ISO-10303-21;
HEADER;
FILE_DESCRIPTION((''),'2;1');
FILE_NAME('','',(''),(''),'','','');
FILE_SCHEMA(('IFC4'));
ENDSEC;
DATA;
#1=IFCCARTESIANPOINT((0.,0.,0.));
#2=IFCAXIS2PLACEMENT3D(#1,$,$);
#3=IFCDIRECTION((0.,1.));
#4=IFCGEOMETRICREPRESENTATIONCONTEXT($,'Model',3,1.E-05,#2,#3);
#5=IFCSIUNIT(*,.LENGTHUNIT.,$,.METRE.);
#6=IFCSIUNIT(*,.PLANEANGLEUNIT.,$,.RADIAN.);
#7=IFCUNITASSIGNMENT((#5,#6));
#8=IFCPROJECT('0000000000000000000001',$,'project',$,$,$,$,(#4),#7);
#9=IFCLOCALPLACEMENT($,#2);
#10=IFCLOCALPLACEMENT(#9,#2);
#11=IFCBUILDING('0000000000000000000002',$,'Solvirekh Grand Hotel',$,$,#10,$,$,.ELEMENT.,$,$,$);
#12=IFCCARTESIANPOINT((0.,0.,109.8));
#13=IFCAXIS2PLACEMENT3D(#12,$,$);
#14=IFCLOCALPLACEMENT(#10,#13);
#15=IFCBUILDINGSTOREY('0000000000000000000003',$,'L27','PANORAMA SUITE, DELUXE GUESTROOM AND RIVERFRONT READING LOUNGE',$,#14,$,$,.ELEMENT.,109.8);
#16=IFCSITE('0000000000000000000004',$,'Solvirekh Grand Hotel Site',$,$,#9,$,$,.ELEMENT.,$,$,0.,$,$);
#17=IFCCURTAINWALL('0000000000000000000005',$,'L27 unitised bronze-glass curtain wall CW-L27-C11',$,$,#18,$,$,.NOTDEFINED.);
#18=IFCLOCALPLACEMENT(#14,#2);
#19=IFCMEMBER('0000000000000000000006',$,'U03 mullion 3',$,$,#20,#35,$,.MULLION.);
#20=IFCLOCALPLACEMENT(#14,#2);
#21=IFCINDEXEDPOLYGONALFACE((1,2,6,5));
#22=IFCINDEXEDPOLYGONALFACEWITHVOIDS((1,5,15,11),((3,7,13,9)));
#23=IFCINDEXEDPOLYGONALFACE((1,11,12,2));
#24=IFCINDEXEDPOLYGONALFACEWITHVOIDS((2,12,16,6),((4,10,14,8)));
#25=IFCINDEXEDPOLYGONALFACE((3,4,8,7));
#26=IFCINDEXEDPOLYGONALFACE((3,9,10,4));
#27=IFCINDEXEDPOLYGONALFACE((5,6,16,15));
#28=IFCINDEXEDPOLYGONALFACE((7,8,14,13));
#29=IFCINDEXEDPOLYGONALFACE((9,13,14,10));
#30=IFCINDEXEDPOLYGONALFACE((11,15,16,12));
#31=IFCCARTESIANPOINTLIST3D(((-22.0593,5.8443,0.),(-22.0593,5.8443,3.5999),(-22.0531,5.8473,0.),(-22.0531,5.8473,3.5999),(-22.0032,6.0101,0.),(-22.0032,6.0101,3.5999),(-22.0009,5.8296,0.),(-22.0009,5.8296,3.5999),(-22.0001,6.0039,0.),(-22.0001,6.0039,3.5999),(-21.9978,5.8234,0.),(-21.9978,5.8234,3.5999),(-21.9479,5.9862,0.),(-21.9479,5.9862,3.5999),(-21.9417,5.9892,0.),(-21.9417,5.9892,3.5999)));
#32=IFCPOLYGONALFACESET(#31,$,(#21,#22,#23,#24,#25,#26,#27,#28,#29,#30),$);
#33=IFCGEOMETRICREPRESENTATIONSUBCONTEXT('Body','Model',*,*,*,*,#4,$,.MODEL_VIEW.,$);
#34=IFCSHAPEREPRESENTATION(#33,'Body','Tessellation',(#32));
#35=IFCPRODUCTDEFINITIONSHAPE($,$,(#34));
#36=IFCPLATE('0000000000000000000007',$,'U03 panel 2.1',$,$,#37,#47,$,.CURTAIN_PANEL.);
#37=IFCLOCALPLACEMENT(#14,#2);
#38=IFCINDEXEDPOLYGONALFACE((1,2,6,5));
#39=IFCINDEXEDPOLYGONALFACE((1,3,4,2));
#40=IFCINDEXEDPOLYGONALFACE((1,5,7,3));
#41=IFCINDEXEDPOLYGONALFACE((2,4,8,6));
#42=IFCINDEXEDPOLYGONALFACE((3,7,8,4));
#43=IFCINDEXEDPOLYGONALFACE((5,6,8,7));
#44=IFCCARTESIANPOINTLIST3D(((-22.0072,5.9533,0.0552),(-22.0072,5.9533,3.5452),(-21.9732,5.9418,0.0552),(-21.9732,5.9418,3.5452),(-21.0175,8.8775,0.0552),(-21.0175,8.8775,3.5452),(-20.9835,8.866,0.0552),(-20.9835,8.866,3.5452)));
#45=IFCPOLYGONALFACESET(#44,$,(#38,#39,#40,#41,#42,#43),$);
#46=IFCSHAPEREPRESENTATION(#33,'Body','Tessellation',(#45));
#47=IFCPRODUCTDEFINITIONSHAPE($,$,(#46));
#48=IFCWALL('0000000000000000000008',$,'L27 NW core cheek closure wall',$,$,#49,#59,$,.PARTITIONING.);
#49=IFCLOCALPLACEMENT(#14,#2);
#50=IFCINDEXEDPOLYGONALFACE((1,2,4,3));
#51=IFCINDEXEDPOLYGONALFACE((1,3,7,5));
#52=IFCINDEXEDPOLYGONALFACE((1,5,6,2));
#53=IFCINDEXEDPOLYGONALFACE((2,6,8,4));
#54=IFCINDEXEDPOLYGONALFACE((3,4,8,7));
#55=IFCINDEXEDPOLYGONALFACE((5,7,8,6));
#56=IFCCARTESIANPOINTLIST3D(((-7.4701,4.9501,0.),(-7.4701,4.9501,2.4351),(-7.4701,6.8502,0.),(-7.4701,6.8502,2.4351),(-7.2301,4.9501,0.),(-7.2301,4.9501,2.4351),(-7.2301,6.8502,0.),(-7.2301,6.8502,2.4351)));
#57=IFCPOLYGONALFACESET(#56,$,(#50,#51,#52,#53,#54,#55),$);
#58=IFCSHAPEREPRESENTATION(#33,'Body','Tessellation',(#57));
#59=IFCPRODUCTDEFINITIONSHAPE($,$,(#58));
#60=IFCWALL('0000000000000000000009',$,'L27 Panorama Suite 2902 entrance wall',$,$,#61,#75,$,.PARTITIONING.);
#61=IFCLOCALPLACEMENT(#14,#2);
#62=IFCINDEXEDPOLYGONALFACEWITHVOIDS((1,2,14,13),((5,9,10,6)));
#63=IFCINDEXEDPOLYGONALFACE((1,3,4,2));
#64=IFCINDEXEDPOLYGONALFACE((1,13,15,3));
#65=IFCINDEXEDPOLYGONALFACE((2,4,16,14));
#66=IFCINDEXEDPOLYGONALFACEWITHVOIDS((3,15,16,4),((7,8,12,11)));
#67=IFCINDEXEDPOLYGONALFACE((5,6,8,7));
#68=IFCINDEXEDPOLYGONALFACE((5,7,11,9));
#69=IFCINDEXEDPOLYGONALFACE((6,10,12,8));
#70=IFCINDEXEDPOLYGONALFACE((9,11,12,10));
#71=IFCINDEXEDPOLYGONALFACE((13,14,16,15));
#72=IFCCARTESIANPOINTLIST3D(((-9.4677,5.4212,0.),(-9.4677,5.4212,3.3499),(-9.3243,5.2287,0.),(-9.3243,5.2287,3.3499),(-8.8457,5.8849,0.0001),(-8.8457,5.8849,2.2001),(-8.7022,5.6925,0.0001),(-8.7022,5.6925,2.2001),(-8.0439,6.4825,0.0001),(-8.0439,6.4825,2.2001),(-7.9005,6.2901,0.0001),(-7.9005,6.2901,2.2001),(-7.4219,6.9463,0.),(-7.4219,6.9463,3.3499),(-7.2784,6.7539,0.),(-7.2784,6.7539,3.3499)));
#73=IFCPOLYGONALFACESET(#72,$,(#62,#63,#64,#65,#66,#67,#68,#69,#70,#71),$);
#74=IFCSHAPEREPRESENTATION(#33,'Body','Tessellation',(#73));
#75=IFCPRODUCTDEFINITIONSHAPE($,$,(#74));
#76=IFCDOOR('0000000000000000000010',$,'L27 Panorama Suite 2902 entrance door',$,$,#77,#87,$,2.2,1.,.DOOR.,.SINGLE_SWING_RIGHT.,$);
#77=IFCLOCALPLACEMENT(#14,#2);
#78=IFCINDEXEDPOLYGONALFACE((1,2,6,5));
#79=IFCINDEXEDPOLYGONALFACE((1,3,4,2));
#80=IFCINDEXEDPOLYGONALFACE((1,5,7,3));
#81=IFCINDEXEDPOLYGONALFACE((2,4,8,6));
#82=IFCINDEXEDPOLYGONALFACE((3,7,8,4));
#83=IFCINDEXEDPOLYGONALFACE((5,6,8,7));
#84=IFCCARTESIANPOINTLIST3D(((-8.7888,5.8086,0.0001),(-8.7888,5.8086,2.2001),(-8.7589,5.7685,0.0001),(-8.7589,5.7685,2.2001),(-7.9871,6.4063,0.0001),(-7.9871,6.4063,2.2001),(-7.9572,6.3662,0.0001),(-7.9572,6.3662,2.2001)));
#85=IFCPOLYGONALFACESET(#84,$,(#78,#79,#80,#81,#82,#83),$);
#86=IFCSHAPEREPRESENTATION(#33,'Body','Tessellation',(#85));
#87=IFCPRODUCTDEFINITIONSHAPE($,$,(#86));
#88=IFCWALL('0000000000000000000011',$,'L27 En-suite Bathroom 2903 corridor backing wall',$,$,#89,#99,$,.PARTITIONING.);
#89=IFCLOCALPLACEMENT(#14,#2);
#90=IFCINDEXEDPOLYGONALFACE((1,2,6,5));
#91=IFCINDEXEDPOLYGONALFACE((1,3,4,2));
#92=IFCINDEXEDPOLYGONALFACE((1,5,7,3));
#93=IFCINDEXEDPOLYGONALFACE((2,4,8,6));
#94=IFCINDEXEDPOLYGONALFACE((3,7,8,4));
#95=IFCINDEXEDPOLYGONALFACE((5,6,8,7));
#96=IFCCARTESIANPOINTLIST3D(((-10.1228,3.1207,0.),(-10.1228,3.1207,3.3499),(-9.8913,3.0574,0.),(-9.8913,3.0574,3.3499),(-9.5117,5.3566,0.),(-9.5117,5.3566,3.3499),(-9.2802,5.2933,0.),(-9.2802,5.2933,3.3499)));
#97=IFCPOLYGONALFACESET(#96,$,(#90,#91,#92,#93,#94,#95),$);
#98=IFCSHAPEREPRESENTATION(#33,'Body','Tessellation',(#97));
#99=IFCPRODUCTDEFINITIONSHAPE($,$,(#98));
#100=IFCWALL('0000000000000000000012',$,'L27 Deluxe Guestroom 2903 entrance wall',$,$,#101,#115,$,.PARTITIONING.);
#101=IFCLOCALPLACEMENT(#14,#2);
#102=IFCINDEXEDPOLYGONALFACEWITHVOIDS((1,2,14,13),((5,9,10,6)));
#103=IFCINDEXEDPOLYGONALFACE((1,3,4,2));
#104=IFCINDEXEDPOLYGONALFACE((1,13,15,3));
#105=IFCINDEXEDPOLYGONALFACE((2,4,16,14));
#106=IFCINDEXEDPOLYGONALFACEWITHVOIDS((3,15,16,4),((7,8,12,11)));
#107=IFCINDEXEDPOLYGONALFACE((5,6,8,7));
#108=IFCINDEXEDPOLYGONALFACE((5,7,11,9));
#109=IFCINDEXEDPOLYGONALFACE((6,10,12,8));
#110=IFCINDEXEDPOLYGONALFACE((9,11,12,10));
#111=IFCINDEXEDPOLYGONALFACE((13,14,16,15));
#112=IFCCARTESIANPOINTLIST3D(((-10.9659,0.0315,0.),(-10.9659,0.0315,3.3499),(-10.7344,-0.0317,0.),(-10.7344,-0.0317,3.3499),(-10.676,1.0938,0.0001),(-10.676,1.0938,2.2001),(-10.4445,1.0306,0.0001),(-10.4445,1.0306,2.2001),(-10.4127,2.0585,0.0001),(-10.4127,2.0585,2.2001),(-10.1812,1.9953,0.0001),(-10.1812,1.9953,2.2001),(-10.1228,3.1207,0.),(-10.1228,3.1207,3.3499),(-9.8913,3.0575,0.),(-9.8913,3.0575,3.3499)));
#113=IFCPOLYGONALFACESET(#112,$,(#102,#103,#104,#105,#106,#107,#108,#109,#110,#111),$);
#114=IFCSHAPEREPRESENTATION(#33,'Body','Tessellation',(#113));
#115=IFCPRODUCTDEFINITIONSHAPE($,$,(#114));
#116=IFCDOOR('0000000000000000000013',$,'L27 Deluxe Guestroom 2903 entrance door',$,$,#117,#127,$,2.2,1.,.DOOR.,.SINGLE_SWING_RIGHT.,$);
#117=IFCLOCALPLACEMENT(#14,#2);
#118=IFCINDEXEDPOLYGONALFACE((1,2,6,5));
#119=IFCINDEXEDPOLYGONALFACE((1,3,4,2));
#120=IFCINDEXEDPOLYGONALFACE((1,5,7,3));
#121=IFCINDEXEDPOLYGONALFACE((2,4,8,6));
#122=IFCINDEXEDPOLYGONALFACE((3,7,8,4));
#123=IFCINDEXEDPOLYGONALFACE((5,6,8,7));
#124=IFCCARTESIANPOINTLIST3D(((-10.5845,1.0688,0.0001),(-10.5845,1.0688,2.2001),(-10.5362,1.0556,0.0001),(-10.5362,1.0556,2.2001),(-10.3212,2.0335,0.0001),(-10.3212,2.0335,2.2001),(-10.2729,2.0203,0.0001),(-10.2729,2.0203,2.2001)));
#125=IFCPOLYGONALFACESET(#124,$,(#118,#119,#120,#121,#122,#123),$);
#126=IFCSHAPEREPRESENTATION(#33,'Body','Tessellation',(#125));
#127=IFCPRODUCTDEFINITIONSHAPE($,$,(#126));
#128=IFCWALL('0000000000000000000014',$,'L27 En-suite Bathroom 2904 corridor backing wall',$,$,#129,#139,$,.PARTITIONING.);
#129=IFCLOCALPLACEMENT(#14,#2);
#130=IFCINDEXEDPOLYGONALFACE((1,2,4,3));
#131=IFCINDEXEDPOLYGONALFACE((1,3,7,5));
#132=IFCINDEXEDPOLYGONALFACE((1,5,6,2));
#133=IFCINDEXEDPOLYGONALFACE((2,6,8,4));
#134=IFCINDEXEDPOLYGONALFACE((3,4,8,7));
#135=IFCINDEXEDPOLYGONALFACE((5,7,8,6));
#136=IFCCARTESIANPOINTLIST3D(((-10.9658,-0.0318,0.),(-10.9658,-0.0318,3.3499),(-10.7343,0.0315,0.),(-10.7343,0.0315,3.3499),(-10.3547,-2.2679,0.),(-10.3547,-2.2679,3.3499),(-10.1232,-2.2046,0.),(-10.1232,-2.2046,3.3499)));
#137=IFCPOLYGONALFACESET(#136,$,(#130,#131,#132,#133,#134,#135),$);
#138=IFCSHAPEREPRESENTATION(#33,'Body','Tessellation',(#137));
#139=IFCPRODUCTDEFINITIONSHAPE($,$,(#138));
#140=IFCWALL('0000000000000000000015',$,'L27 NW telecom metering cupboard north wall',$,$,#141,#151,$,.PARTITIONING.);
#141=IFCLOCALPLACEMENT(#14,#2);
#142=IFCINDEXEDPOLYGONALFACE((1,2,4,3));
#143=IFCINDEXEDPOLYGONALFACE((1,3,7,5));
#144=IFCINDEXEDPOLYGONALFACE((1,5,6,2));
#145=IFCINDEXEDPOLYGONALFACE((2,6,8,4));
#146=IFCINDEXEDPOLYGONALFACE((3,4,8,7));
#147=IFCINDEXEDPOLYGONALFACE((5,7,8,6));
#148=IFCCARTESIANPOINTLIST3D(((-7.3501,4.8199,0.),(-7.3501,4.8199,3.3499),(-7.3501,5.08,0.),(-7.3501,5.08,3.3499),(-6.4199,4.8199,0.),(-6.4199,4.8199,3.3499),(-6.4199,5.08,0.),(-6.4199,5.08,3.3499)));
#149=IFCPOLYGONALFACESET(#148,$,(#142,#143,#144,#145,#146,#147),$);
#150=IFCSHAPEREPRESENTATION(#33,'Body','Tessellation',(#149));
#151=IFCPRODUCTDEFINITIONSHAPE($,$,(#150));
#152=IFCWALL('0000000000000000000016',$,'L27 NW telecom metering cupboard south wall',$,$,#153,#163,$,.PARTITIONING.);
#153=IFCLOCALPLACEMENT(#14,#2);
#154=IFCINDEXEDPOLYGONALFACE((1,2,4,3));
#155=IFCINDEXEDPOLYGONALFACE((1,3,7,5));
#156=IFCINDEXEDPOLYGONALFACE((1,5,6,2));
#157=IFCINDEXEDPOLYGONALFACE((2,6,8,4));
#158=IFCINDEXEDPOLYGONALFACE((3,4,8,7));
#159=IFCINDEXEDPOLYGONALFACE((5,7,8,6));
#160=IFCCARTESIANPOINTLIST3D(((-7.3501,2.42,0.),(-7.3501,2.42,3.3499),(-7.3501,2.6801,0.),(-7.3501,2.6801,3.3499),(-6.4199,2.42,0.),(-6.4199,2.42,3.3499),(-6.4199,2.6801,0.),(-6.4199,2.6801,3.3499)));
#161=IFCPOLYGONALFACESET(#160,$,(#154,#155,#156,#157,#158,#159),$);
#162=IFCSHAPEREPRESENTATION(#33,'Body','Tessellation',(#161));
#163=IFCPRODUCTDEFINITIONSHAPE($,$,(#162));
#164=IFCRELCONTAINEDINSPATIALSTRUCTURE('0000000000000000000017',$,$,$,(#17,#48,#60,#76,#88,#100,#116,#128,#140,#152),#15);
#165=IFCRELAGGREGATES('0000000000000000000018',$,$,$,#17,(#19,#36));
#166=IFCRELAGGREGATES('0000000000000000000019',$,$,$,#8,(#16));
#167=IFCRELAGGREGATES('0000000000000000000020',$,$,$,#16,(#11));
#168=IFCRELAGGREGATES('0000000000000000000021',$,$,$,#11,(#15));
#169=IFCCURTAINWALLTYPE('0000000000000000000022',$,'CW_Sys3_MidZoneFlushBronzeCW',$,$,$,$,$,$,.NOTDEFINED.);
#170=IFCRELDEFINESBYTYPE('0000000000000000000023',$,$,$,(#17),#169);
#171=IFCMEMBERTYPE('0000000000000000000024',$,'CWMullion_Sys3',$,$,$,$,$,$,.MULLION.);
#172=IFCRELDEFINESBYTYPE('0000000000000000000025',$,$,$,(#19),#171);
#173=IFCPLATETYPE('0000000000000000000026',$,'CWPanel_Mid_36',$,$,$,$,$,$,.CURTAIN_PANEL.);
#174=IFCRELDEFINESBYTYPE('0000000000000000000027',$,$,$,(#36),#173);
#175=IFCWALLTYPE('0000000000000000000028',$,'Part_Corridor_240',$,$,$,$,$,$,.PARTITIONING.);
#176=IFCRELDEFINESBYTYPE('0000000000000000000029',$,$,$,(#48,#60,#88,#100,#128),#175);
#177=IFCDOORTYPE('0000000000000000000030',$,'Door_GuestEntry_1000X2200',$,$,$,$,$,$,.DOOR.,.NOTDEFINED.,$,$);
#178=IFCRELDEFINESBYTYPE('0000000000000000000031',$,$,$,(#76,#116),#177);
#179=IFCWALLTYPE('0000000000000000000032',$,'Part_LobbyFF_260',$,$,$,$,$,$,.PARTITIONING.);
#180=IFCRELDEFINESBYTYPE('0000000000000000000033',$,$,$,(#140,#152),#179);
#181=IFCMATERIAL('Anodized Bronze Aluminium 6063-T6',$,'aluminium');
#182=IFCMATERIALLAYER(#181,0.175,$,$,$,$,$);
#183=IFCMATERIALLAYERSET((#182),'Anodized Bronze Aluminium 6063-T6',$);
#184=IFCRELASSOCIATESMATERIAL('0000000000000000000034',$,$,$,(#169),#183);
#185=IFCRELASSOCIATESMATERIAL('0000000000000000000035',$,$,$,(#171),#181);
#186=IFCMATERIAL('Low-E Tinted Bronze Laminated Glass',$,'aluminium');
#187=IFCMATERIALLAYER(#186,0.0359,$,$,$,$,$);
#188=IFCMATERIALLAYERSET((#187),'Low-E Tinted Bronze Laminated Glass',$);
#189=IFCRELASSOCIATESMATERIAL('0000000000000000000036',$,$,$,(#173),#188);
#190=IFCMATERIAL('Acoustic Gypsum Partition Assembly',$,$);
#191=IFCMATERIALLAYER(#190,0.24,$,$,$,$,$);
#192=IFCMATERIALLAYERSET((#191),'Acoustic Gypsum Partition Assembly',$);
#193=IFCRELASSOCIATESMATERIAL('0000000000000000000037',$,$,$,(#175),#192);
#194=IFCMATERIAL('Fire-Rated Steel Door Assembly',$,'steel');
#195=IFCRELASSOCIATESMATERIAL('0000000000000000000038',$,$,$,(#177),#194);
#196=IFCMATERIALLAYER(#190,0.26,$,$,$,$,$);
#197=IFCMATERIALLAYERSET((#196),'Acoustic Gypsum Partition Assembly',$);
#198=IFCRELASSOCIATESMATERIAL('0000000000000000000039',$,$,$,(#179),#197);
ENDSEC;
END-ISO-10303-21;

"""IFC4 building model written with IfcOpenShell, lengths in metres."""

from ifc_helpers import new_model, si_unit, direction, frame, frame_2d, origin, origin_2d, place, context, subcontext, project, spatial, rectangle, hollow_rectangle, extrude, source, transform, mapped, material, layer, layer_set, material_profile, profile_set, type_object, element, fill, aggregate, save


model = new_model("IFC4")

# Units and contexts
model_context = context("Model", 3, precision=1e-05, world=origin(), true_north=direction((0.0, 1.0)))
body_context = subcontext(model_context, "Body", "Model", "MODEL_VIEW")
ifc_project = project(units=[si_unit("LENGTHUNIT", "METRE"), si_unit("PLANEANGLEUNIT", "RADIAN")], contexts=[model_context])

# Site, building, storey
site_placement = place(None, origin())
site = spatial("IfcSite", under=ifc_project, at=site_placement, Name="Solvirekh Grand Hotel Site", CompositionType="ELEMENT", RefElevation=0.0)
building_placement = place(site_placement, origin())
building = spatial("IfcBuilding", under=site, at=building_placement, Name="Solvirekh Grand Hotel", CompositionType="ELEMENT")
storey_placement = place(building_placement, frame((0.0, 0.0, 109.8)))
storey = spatial("IfcBuildingStorey", under=building, at=storey_placement, Name="L27", Description="PANORAMA SUITE, DELUXE GUESTROOM AND RIVERFRONT READING LOUNGE", CompositionType="ELEMENT", Elevation=109.8)

# Curtain wall, member, plate
ifc_material_1 = material(Name="Anodized Bronze Aluminium 6063-T6", Category="aluminium")
ifc_layer_1 = layer(ifc_material_1, 0.175)
ifc_layer_set_1 = layer_set([ifc_layer_1], Name="Anodized Bronze Aluminium 6063-T6")
curtain_wall_type = type_object("IfcCurtainWallType", Name="CW_Sys3_MidZoneFlushBronzeCW", PredefinedType="NOTDEFINED", material=ifc_layer_set_1)
curtain_wall_placement = place(storey_placement, origin())
curtain_wall = element("IfcCurtainWall", 1, at=curtain_wall_placement, inside=storey, type_object=curtain_wall_type, Name="L27 unitised bronze-glass curtain wall CW-L27-C11", PredefinedType="NOTDEFINED")
ifc_material_profile = material_profile(ifc_material_1, hollow_rectangle(XDim=0.0649, YDim=0.175, WallThickness=0.0049, at=origin_2d()), Name="ALU RHS 175X65X5")
ifc_profile_set = profile_set([ifc_material_profile], Name="Anodized Bronze Aluminium 6063-T6")
member_type = type_object("IfcMemberType", Name="CWMullion_Sys3", PredefinedType="MULLION", material=ifc_profile_set)
shared_shape_1 = source(origin(), body_context, "Body", "SweptSolid", [
    extrude(hollow_rectangle(XDim=0.0649, YDim=0.175, WallThickness=0.0049, at=origin_2d()), origin(), (0.0, 0.0, 1.0), 3.5999),
])
member_placement = place(storey_placement, frame((-22.0005, 5.9167, 0.0), z_axis=(0.0, 0.0, 1.0), x_axis=(0.947213, -0.320605, 0.0)))
member = element("IfcMember", 2, at=member_placement, type_object=member_type, Name="U03 mullion 3", PredefinedType="MULLION", context=body_context, shape_type="MappedRepresentation", body=[
    mapped(shared_shape_1, transform((0.0, 0.0, 0.0), x_axis=(1.0, 0.0, 0.0), y_axis=(0.0, 1.0, 0.0), z_axis=(0.0, 0.0, 1.0), scale=1.0)),
])
ifc_material_2 = material(Name="Low-E Tinted Bronze Laminated Glass", Category="aluminium")
ifc_layer_2 = layer(ifc_material_2, 0.0359)
ifc_layer_set_2 = layer_set([ifc_layer_2], Name="Low-E Tinted Bronze Laminated Glass")
plate_type = type_object("IfcPlateType", Name="CWPanel_Mid_36", PredefinedType="CURTAIN_PANEL", material=ifc_layer_set_2)
shared_shape_2 = source(origin(), body_context, "Body", "SweptSolid", [
    extrude(rectangle(XDim=3.0872, YDim=0.0359, at=origin_2d()), origin(), (0.0, 0.0, 1.0), 3.49),
])
plate_placement = place(storey_placement, frame((-21.4954, 7.4097, 0.0552), z_axis=(0.0, 0.0, 1.0), x_axis=(-0.320605, -0.947213, 0.0)))
plate = element("IfcPlate", 3, at=plate_placement, type_object=plate_type, Name="U03 panel 2.1", PredefinedType="CURTAIN_PANEL", context=body_context, shape_type="MappedRepresentation", body=[
    mapped(shared_shape_2, transform((0.0, 0.0, 0.0), x_axis=(1.0, 0.0, 0.0), y_axis=(0.0, 1.0, 0.0), z_axis=(0.0, 0.0, 1.0), scale=1.0)),
])
aggregate(curtain_wall, [member, plate])

# Wall
ifc_material_3 = material(Name="Acoustic Gypsum Partition Assembly")
ifc_layer_3 = layer(ifc_material_3, 0.24)
ifc_layer_set_3 = layer_set([ifc_layer_3], Name="Acoustic Gypsum Partition Assembly")
wall_type_1 = type_object("IfcWallType", Name="Part_Corridor_240", PredefinedType="PARTITIONING", material=ifc_layer_set_3)
wall_1_placement = place(storey_placement, frame((-7.3501, 4.95, 0.0), z_axis=(0.0, 0.0, 1.0), x_axis=(0.0, 1.0, 0.0)))
element("IfcWall", 4, at=wall_1_placement, inside=storey, type_object=wall_type_1, Name="L27 NW core cheek closure wall", PredefinedType="PARTITIONING", context=body_context, shape_type="SweptSolid", body=[
    extrude(rectangle(XDim=1.9001, YDim=0.24, at=frame_2d((0.9502, 0.0))), origin(), (0.0, 0.0, 1.0), 2.4351),
])

# Wall, opening, door
wall_2_placement = place(storey_placement, frame((-9.396, 5.325, 0.0), z_axis=(0.0, 0.0, 1.0), x_axis=(0.801742, 0.597671, 0.0)))
wall_2 = element("IfcWall", 5, at=wall_2_placement, inside=storey, type_object=wall_type_1, Name="L27 Panorama Suite 2902 entrance wall", PredefinedType="PARTITIONING", context=body_context, shape_type="SweptSolid", body=[
    extrude(rectangle(XDim=2.5518, YDim=0.24, at=frame_2d((1.2759, 0.0))), origin(), (0.0, 0.0, 1.0), 3.3499),
])
opening_1_placement = place(wall_2_placement, frame((0.7759, 0.0, 0.0)))
opening_1 = element("IfcOpeningElement", 6, at=opening_1_placement, cuts=wall_2, PredefinedType="OPENING", context=body_context, shape_type="SweptSolid", body=[
    extrude(rectangle(XDim=1.0, YDim=2.2, at=frame_2d((0.5, 1.1001))), frame((0.0, 0.1299, 0.0), z_axis=(0.0, -1.0, 0.0), x_axis=(1.0, 0.0, 0.0)), (0.0, 0.0, 1.0), 0.26),
])
ifc_material_4 = material(Name="Fire-Rated Steel Door Assembly", Category="steel")
door_type_1 = type_object("IfcDoorType", Name="Door_GuestEntry_1000X2200", OperationType="NOTDEFINED", PredefinedType="DOOR", material=ifc_material_4)
door_1_placement = place(opening_1_placement, origin())
door_1 = element("IfcDoor", 7, at=door_1_placement, inside=storey, type_object=door_type_1, Name="L27 Panorama Suite 2902 entrance door", OperationType="SINGLE_SWING_RIGHT", OverallHeight=2.2, OverallWidth=1.0, PredefinedType="DOOR", context=body_context, shape_type="SweptSolid", body=[
    extrude(rectangle(XDim=1.0, YDim=2.2, at=frame_2d((0.5, 1.1001))), frame((0.0, 0.0249, 0.0), z_axis=(0.0, -1.0, 0.0), x_axis=(1.0, 0.0, 0.0)), (0.0, 0.0, 1.0), 0.05),
])
fill(opening_1, door_1)

# Wall
wall_3_placement = place(storey_placement, frame((-9.396, 5.325, 0.0), z_axis=(0.0, 0.0, 1.0), x_axis=(-0.263643, -0.96462, 0.0)))
element("IfcWall", 8, at=wall_3_placement, inside=storey, type_object=wall_type_1, Name="L27 En-suite Bathroom 2903 corridor backing wall", PredefinedType="PARTITIONING", context=body_context, shape_type="SweptSolid", body=[
    extrude(rectangle(XDim=2.3179, YDim=0.24, at=frame_2d((1.1589, 0.0))), origin(), (0.0, 0.0, 1.0), 3.3499),
])

# Wall, opening, door
wall_4_placement = place(storey_placement, frame((-10.0071, 3.0891, 0.0), z_axis=(0.0, 0.0, 1.0), x_axis=(-0.263272, -0.964722, 0.0)))
wall_4 = element("IfcWall", 9, at=wall_4_placement, inside=storey, type_object=wall_type_1, Name="L27 Deluxe Guestroom 2903 entrance wall", PredefinedType="PARTITIONING", context=body_context, shape_type="SweptSolid", body=[
    extrude(rectangle(XDim=3.2021, YDim=0.24, at=frame_2d((1.6011, 0.0))), origin(), (0.0, 0.0, 1.0), 3.3499),
])
opening_2_placement = place(wall_4_placement, frame((1.1011, 0.0, 0.0)))
opening_2 = element("IfcOpeningElement", 10, at=opening_2_placement, cuts=wall_4, PredefinedType="OPENING", context=body_context, shape_type="SweptSolid", body=[
    extrude(rectangle(XDim=1.0, YDim=2.2, at=frame_2d((0.5, 1.1001))), frame((0.0, 0.1299, 0.0), z_axis=(0.0, -1.0, 0.0), x_axis=(1.0, 0.0, 0.0)), (0.0, 0.0, 1.0), 0.26),
])
door_2_placement = place(opening_2_placement, origin())
door_2 = element("IfcDoor", 11, at=door_2_placement, inside=storey, type_object=door_type_1, Name="L27 Deluxe Guestroom 2903 entrance door", OperationType="SINGLE_SWING_RIGHT", OverallHeight=2.2, OverallWidth=1.0, PredefinedType="DOOR", context=body_context, shape_type="SweptSolid", body=[
    extrude(rectangle(XDim=1.0, YDim=2.2, at=frame_2d((0.5, 1.1001))), frame((0.0, 0.0249, 0.0), z_axis=(0.0, -1.0, 0.0), x_axis=(1.0, 0.0, 0.0)), (0.0, 0.0, 1.0), 0.05),
])
fill(opening_2, door_2)

# Walls
wall_5_placement = place(storey_placement, frame((-10.8501, 0.0, 0.0), z_axis=(0.0, 0.0, 1.0), x_axis=(0.263616, -0.964628, 0.0)))
element("IfcWall", 12, at=wall_5_placement, inside=storey, type_object=wall_type_1, Name="L27 En-suite Bathroom 2904 corridor backing wall", PredefinedType="PARTITIONING", context=body_context, shape_type="SweptSolid", body=[
    extrude(rectangle(XDim=2.3181, YDim=0.24, at=frame_2d((1.1592, 0.0))), origin(), (0.0, 0.0, 1.0), 3.3499),
])
ifc_layer_4 = layer(ifc_material_3, 0.26)
ifc_layer_set_4 = layer_set([ifc_layer_4], Name="Acoustic Gypsum Partition Assembly")
wall_type_2 = type_object("IfcWallType", Name="Part_LobbyFF_260", PredefinedType="PARTITIONING", material=ifc_layer_set_4)
for number, where, z_axis, x_axis, name in (
    (13, (-7.3501, 4.95, 0.0), (0.0, 0.0, 1.0), (1.0, 0.0, 0.0), "L27 NW telecom metering cupboard north wall"),
    (14, (-7.3501, 2.55, 0.0), (0.0, 0.0, 1.0), (1.0, 0.0, 0.0), "L27 NW telecom metering cupboard south wall"),
):
    element("IfcWall", number, at=place(storey_placement, frame(where, z_axis=z_axis, x_axis=x_axis)), inside=storey, type_object=wall_type_2, Name=name, PredefinedType="PARTITIONING", context=body_context, shape_type="SweptSolid", body=[
        extrude(rectangle(XDim=0.9302, YDim=0.26, at=frame_2d((0.4651, 0.0))), origin(), (0.0, 0.0, 1.0), 3.3499),
    ])

save(model, "model.ifc")
